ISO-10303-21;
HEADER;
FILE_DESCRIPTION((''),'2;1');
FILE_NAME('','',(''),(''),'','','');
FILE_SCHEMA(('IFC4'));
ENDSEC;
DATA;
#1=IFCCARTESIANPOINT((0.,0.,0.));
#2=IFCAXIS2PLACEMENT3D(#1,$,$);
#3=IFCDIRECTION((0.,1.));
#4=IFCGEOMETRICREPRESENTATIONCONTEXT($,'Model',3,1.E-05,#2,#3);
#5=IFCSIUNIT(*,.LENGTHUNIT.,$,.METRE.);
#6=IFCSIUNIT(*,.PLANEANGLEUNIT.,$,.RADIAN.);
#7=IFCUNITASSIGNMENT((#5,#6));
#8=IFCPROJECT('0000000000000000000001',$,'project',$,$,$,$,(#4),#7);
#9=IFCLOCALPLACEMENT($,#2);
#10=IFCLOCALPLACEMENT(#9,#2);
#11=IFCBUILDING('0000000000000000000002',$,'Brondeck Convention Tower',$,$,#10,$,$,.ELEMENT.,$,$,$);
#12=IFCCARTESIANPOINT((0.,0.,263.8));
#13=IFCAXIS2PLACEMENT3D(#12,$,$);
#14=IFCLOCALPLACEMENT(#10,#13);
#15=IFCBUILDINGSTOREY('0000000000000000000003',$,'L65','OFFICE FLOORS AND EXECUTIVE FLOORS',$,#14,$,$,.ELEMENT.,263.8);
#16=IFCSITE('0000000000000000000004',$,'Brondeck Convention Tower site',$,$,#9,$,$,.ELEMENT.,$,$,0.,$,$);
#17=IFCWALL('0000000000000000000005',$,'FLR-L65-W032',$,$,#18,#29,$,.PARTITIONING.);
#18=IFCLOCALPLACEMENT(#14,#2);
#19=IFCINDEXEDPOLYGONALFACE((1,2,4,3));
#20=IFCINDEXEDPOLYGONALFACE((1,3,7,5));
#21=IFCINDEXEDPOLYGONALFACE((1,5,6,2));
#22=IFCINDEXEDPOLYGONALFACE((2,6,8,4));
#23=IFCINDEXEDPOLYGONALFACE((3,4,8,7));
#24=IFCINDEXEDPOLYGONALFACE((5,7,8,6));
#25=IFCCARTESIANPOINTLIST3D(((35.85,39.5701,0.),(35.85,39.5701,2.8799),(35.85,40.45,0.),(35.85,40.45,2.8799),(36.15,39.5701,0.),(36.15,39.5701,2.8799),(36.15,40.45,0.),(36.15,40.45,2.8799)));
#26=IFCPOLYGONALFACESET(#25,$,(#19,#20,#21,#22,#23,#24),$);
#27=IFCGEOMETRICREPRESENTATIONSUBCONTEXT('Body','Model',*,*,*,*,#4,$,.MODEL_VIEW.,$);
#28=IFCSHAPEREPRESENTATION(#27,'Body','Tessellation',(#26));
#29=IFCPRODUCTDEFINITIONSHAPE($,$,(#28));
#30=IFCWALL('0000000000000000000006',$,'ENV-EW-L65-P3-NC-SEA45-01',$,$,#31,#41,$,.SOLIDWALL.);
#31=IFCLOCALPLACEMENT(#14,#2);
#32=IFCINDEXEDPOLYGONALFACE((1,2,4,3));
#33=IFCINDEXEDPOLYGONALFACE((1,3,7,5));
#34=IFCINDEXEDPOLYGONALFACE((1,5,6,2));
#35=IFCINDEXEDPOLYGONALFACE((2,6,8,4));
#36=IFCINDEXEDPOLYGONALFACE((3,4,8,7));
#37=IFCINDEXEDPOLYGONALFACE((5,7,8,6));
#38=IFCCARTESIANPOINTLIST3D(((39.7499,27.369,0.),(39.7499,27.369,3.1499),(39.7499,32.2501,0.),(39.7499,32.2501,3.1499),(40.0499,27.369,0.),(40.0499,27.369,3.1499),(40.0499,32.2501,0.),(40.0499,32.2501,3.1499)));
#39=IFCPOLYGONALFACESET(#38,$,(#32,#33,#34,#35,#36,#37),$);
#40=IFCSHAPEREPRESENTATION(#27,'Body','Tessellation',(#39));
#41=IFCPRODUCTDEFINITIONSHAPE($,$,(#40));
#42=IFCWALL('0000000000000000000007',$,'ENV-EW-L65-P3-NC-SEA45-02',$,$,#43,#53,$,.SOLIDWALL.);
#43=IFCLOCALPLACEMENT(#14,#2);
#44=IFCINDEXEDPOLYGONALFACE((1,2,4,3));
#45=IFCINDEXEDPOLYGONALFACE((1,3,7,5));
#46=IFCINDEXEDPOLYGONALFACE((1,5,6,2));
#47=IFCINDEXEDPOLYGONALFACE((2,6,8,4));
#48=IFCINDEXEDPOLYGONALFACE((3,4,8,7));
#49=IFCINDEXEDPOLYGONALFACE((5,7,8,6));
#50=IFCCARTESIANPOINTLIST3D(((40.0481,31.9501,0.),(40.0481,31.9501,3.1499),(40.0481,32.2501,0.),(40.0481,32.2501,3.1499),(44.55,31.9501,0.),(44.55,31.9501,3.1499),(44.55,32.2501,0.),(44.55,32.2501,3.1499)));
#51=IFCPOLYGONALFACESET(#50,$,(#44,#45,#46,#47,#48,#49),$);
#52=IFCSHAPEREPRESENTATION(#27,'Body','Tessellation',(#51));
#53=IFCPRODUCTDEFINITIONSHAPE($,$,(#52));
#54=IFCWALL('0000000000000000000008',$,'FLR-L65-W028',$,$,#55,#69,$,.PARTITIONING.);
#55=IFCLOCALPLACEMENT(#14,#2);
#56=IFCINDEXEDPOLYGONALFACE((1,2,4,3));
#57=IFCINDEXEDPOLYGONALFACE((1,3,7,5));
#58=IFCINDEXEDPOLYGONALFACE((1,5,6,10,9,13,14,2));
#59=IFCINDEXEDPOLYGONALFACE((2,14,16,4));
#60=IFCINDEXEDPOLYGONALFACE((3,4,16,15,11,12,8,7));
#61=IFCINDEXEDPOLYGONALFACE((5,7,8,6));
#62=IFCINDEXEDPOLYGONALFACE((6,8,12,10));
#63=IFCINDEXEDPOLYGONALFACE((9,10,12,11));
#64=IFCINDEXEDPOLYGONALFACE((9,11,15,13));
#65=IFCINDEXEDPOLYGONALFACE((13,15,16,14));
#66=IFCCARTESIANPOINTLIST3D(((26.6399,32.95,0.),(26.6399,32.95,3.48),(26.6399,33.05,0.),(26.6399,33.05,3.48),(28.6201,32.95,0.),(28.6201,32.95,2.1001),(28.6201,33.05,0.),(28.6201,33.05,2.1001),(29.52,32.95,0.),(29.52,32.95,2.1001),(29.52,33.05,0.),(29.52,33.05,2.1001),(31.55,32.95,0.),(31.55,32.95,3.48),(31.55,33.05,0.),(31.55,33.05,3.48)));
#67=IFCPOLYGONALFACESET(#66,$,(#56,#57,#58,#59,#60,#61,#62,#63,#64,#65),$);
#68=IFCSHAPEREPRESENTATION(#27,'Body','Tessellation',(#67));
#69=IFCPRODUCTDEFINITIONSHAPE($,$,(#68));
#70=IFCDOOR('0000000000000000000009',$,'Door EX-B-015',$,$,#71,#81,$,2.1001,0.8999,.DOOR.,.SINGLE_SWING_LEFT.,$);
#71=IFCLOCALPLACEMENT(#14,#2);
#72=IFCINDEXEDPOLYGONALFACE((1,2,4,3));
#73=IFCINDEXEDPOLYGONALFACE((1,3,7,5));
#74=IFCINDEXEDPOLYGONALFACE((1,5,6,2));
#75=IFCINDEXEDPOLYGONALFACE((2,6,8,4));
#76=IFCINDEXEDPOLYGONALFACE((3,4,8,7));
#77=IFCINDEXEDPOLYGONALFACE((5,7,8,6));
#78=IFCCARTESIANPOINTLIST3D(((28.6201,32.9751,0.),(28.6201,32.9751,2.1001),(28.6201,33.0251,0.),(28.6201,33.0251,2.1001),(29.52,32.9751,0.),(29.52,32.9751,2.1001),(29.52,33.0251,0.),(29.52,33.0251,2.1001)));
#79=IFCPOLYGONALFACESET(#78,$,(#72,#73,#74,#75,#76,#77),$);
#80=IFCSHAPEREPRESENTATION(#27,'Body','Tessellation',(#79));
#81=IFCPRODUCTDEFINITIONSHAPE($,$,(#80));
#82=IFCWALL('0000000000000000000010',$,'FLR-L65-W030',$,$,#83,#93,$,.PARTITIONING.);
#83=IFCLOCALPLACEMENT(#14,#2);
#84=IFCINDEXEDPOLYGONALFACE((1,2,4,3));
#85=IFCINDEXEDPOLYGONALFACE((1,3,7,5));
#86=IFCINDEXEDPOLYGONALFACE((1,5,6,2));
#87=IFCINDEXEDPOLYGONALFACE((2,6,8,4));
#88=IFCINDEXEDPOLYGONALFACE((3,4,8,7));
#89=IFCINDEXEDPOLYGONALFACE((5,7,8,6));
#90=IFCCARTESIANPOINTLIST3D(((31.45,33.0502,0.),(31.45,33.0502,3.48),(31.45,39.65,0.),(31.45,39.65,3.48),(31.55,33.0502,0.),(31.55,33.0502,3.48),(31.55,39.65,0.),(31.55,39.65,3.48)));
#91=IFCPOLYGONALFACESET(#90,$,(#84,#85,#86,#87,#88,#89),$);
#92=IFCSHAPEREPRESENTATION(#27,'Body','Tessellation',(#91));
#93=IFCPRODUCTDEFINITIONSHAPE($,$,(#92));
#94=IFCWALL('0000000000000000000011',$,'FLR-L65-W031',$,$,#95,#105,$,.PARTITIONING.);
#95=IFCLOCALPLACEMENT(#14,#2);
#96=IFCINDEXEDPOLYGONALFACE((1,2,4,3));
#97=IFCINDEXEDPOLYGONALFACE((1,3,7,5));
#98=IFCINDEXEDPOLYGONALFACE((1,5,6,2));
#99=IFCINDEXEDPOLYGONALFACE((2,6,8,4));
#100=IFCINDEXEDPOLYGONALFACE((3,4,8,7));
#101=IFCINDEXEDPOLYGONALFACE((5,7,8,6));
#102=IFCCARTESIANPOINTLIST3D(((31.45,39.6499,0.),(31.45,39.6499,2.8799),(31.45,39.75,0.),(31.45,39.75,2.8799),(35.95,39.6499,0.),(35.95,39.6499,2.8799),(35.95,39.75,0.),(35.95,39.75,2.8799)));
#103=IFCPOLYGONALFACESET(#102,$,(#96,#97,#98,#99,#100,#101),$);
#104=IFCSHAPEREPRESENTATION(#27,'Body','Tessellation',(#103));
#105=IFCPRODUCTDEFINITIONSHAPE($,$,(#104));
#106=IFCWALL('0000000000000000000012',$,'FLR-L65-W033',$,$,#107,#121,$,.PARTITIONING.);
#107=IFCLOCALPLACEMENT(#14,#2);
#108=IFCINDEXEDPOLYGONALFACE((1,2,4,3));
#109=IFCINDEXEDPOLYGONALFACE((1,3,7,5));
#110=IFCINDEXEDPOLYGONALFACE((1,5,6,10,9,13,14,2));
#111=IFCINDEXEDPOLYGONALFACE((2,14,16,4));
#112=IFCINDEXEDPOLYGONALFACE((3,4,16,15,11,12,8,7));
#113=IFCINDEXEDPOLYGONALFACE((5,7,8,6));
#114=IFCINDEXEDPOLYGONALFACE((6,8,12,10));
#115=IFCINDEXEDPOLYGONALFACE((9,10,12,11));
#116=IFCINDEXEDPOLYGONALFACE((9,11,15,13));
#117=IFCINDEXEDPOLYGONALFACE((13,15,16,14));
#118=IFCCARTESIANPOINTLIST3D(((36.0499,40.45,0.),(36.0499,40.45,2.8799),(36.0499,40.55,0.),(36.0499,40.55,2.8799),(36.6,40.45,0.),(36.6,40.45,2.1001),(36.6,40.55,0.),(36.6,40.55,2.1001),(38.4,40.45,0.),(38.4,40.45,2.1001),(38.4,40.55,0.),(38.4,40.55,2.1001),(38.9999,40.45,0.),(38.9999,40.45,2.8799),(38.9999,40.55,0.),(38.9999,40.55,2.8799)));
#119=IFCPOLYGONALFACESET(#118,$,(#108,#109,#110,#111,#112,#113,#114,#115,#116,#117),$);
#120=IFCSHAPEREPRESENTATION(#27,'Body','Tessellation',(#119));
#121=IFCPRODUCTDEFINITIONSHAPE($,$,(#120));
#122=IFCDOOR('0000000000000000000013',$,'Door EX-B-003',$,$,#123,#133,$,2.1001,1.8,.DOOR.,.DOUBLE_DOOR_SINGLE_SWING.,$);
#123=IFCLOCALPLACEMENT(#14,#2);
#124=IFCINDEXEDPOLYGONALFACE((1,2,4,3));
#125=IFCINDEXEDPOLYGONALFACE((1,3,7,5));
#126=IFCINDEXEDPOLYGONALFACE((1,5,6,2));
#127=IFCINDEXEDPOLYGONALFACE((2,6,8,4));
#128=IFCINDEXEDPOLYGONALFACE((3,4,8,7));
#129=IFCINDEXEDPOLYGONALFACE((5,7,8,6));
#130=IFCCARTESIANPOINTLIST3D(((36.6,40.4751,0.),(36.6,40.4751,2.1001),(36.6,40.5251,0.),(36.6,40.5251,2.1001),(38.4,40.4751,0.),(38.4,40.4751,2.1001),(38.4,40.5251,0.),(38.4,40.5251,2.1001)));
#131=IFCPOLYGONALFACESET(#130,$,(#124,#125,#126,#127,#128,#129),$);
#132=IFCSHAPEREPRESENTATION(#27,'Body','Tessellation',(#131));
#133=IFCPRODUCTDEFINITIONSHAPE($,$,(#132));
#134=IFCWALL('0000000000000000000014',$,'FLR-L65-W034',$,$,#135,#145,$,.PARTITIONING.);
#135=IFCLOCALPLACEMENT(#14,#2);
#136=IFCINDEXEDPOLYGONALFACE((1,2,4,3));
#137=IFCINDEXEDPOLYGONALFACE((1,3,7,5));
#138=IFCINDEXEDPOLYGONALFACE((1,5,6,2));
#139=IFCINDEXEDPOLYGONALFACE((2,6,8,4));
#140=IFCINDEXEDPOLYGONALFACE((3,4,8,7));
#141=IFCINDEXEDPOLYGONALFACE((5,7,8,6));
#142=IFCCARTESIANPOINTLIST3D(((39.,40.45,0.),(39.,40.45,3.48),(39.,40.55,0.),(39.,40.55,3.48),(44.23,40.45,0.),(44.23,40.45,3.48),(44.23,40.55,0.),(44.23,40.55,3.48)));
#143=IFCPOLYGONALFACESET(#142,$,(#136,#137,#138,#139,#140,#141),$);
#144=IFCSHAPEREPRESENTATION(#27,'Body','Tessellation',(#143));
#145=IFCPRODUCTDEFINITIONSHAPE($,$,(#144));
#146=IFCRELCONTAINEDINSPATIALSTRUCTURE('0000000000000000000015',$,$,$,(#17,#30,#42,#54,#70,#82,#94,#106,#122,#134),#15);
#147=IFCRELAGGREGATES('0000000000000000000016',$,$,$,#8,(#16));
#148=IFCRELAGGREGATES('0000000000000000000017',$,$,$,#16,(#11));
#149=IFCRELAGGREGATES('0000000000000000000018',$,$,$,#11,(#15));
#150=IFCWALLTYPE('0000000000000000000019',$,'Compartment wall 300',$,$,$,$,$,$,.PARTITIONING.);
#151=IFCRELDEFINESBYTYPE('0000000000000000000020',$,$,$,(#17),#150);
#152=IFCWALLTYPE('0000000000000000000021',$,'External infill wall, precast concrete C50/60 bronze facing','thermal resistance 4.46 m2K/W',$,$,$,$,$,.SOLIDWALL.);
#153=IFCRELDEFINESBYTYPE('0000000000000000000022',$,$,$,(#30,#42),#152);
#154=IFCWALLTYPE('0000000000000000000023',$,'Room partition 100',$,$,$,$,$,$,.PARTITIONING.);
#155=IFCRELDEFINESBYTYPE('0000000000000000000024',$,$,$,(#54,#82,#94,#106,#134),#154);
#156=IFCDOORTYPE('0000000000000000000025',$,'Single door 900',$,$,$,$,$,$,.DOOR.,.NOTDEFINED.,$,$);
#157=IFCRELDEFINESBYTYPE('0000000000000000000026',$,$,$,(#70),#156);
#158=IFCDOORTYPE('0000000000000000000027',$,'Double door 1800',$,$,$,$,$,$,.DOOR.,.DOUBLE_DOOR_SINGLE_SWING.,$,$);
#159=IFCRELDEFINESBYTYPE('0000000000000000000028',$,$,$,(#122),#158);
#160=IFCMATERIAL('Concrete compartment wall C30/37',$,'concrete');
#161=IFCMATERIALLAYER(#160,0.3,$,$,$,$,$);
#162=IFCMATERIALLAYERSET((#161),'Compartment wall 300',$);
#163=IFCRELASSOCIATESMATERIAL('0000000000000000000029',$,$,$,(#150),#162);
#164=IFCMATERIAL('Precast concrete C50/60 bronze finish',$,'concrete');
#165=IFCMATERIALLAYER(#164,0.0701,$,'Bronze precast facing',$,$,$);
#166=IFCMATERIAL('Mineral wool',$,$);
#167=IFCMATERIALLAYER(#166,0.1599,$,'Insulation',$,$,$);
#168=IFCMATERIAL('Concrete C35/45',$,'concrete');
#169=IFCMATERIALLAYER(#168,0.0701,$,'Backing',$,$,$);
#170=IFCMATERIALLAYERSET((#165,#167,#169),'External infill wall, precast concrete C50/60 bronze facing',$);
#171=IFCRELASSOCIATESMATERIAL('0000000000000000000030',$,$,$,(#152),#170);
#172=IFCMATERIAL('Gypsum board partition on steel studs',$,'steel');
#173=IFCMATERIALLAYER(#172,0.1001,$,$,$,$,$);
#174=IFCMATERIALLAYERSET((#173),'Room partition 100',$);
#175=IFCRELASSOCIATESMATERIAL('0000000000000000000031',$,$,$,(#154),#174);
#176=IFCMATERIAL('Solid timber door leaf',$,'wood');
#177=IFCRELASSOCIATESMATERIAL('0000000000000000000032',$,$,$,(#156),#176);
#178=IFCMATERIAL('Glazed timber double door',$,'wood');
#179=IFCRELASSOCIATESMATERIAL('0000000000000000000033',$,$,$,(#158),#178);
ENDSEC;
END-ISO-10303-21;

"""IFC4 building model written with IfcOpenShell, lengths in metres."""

from ifc_helpers import new_model, si_unit, direction, frame, frame_2d, origin, place, context, subcontext, project, spatial, rectangle, extrude, material, layer, layer_set, type_object, element, fill, save


model = new_model("IFC4")

# Units and contexts
model_context = context("Model", 3, precision=1e-05, world=origin(), true_north=direction((0.0, 1.0)))
body_context = subcontext(model_context, "Body", "Model", "MODEL_VIEW")
ifc_project = project(units=[si_unit("LENGTHUNIT", "METRE"), si_unit("PLANEANGLEUNIT", "RADIAN")], contexts=[model_context])

# Site, building, storey
site_placement = place(None, origin())
site = spatial("IfcSite", under=ifc_project, at=site_placement, Name="Brondeck Convention Tower site", CompositionType="ELEMENT", RefElevation=0.0)
building_placement = place(site_placement, origin())
building = spatial("IfcBuilding", under=site, at=building_placement, Name="Brondeck Convention Tower", CompositionType="ELEMENT")
storey_placement = place(building_placement, frame((0.0, 0.0, 263.8)))
storey = spatial("IfcBuildingStorey", under=building, at=storey_placement, Name="L65", Description="OFFICE FLOORS AND EXECUTIVE FLOORS", CompositionType="ELEMENT", Elevation=263.8)

# Walls
ifc_material_1 = material(Name="Concrete compartment wall C30/37", Category="concrete")
ifc_layer_1 = layer(ifc_material_1, 0.3)
ifc_layer_set_1 = layer_set([ifc_layer_1], Name="Compartment wall 300")
wall_type_1 = type_object("IfcWallType", Name="Compartment wall 300", PredefinedType="PARTITIONING", material=ifc_layer_set_1)
wall_1_placement = place(storey_placement, frame((36.0, 40.45, 0.0), z_axis=(0.0, 0.0, 1.0), x_axis=(0.0, -1.0, 0.0)))
element("IfcWall", 1, at=wall_1_placement, inside=storey, type_object=wall_type_1, Name="FLR-L65-W032", PredefinedType="PARTITIONING", context=body_context, shape_type="SweptSolid", body=[
    extrude(rectangle(XDim=0.8799, YDim=0.3, at=frame_2d((0.4399, 0.0))), origin(), (0.0, 0.0, 1.0), 2.8799),
])
ifc_material_2 = material(Name="Precast concrete C50/60 bronze finish", Category="concrete")
ifc_layer_2 = layer(ifc_material_2, 0.0701, Name="Bronze precast facing")
ifc_material_3 = material(Name="Mineral wool")
ifc_layer_3 = layer(ifc_material_3, 0.1599, Name="Insulation")
ifc_material_4 = material(Name="Concrete C35/45", Category="concrete")
ifc_layer_4 = layer(ifc_material_4, 0.0701, Name="Backing")
ifc_layer_set_2 = layer_set([ifc_layer_2, ifc_layer_3, ifc_layer_4], Name="External infill wall, precast concrete C50/60 bronze facing")
wall_type_2 = type_object("IfcWallType", Name="External infill wall, precast concrete C50/60 bronze facing", Description="thermal resistance 4.46 m2K/W", PredefinedType="SOLIDWALL", material=ifc_layer_set_2)
wall_2_placement = place(storey_placement, frame((39.8999, 32.25, 0.0), z_axis=(0.0, 0.0, 1.0), x_axis=(0.0, -1.0, 0.0)))
element("IfcWall", 2, at=wall_2_placement, inside=storey, type_object=wall_type_2, Name="ENV-EW-L65-P3-NC-SEA45-01", PredefinedType="SOLIDWALL", context=body_context, shape_type="SweptSolid", body=[
    extrude(rectangle(XDim=4.8811, YDim=0.3, at=frame_2d((2.4404, 0.0))), origin(), (0.0, 0.0, 1.0), 3.1499),
])
wall_3_placement = place(storey_placement, frame((44.55, 32.1001, 0.0), z_axis=(0.0, 0.0, 1.0), x_axis=(-1.0, 0.0, 0.0)))
element("IfcWall", 3, at=wall_3_placement, inside=storey, type_object=wall_type_2, Name="ENV-EW-L65-P3-NC-SEA45-02", PredefinedType="SOLIDWALL", context=body_context, shape_type="SweptSolid", body=[
    extrude(rectangle(XDim=4.502, YDim=0.3, at=frame_2d((2.251, 0.0))), origin(), (0.0, 0.0, 1.0), 3.1499),
])

# Wall, opening, door
ifc_material_5 = material(Name="Gypsum board partition on steel studs", Category="steel")
ifc_layer_5 = layer(ifc_material_5, 0.1001)
ifc_layer_set_3 = layer_set([ifc_layer_5], Name="Room partition 100")
wall_type_3 = type_object("IfcWallType", Name="Room partition 100", PredefinedType="PARTITIONING", material=ifc_layer_set_3)
wall_4_placement = place(storey_placement, frame((31.55, 33.0, 0.0), z_axis=(0.0, 0.0, 1.0), x_axis=(-1.0, 0.0, 0.0)))
wall_4 = element("IfcWall", 4, at=wall_4_placement, inside=storey, type_object=wall_type_3, Name="FLR-L65-W028", PredefinedType="PARTITIONING", context=body_context, shape_type="SweptSolid", body=[
    extrude(rectangle(XDim=4.9102, YDim=0.1001, at=frame_2d((2.4551, 0.0))), origin(), (0.0, 0.0, 1.0), 3.48),
])
opening_1_placement = place(wall_4_placement, frame((2.03, 0.0, 0.0)))
opening_1 = element("IfcOpeningElement", 5, at=opening_1_placement, cuts=wall_4, PredefinedType="OPENING", context=body_context, shape_type="SweptSolid", body=[
    extrude(rectangle(XDim=0.8999, YDim=2.1001, at=frame_2d((0.45, 1.05))), frame((0.0, 0.0601, 0.0), z_axis=(0.0, -1.0, 0.0), x_axis=(1.0, 0.0, 0.0)), (0.0, 0.0, 1.0), 0.1201),
])
ifc_material_6 = material(Name="Solid timber door leaf", Category="wood")
door_type_1 = type_object("IfcDoorType", Name="Single door 900", OperationType="NOTDEFINED", PredefinedType="DOOR", material=ifc_material_6)
door_1_placement = place(opening_1_placement, origin())
door_1 = element("IfcDoor", 6, at=door_1_placement, inside=storey, type_object=door_type_1, Name="Door EX-B-015", OperationType="SINGLE_SWING_LEFT", OverallHeight=2.1001, OverallWidth=0.8999, PredefinedType="DOOR", context=body_context, shape_type="SweptSolid", body=[
    extrude(rectangle(XDim=0.8999, YDim=2.1001, at=frame_2d((0.45, 1.05))), frame((0.0, 0.0249, 0.0), z_axis=(0.0, -1.0, 0.0), x_axis=(1.0, 0.0, 0.0)), (0.0, 0.0, 1.0), 0.05),
])
fill(opening_1, door_1)

# Walls
wall_5_placement = place(storey_placement, frame((31.5, 39.6499, 0.0), z_axis=(0.0, 0.0, 1.0), x_axis=(0.0, -1.0, 0.0)))
element("IfcWall", 7, at=wall_5_placement, inside=storey, type_object=wall_type_3, Name="FLR-L65-W030", PredefinedType="PARTITIONING", context=body_context, shape_type="SweptSolid", body=[
    extrude(rectangle(XDim=6.5999, YDim=0.1001, at=frame_2d((3.2998, 0.0))), origin(), (0.0, 0.0, 1.0), 3.48),
])
wall_6_placement = place(storey_placement, frame((35.95, 39.7, 0.0), z_axis=(0.0, 0.0, 1.0), x_axis=(-1.0, 0.0, 0.0)))
element("IfcWall", 8, at=wall_6_placement, inside=storey, type_object=wall_type_3, Name="FLR-L65-W031", PredefinedType="PARTITIONING", context=body_context, shape_type="SweptSolid", body=[
    extrude(rectangle(XDim=4.5, YDim=0.1001, at=frame_2d((2.25, 0.0))), origin(), (0.0, 0.0, 1.0), 2.8799),
])

# Wall, opening, door
wall_7_placement = place(storey_placement, frame((39.0, 40.5, 0.0), z_axis=(0.0, 0.0, 1.0), x_axis=(-1.0, 0.0, 0.0)))
wall_7 = element("IfcWall", 9, at=wall_7_placement, inside=storey, type_object=wall_type_3, Name="FLR-L65-W033", PredefinedType="PARTITIONING", context=body_context, shape_type="SweptSolid", body=[
    extrude(rectangle(XDim=2.95, YDim=0.1001, at=frame_2d((1.4751, 0.0))), origin(), (0.0, 0.0, 1.0), 2.8799),
])
opening_2_placement = place(wall_7_placement, frame((0.6001, 0.0, 0.0)))
opening_2 = element("IfcOpeningElement", 10, at=opening_2_placement, cuts=wall_7, PredefinedType="OPENING", context=body_context, shape_type="SweptSolid", body=[
    extrude(rectangle(XDim=1.8, YDim=2.1001, at=frame_2d((0.8999, 1.05))), frame((0.0, 0.0601, 0.0), z_axis=(0.0, -1.0, 0.0), x_axis=(1.0, 0.0, 0.0)), (0.0, 0.0, 1.0), 0.1201),
])
ifc_material_7 = material(Name="Glazed timber double door", Category="wood")
door_type_2 = type_object("IfcDoorType", Name="Double door 1800", OperationType="DOUBLE_DOOR_SINGLE_SWING", PredefinedType="DOOR", material=ifc_material_7)
door_2_placement = place(opening_2_placement, origin())
door_2 = element("IfcDoor", 11, at=door_2_placement, inside=storey, type_object=door_type_2, Name="Door EX-B-003", OperationType="DOUBLE_DOOR_SINGLE_SWING", OverallHeight=2.1001, OverallWidth=1.8, PredefinedType="DOOR", context=body_context, shape_type="SweptSolid", body=[
    extrude(rectangle(XDim=1.8, YDim=2.1001, at=frame_2d((0.8999, 1.05))), frame((0.0, 0.0249, 0.0), z_axis=(0.0, -1.0, 0.0), x_axis=(1.0, 0.0, 0.0)), (0.0, 0.0, 1.0), 0.05),
])
fill(opening_2, door_2)

# Wall
wall_8_placement = place(storey_placement, frame((44.23, 40.5, 0.0), z_axis=(0.0, 0.0, 1.0), x_axis=(-1.0, 0.0, 0.0)))
element("IfcWall", 12, at=wall_8_placement, inside=storey, type_object=wall_type_3, Name="FLR-L65-W034", PredefinedType="PARTITIONING", context=body_context, shape_type="SweptSolid", body=[
    extrude(rectangle(XDim=5.23, YDim=0.1001, at=frame_2d((2.615, 0.0))), origin(), (0.0, 0.0, 1.0), 3.48),
])

save(model, "model.ifc")
